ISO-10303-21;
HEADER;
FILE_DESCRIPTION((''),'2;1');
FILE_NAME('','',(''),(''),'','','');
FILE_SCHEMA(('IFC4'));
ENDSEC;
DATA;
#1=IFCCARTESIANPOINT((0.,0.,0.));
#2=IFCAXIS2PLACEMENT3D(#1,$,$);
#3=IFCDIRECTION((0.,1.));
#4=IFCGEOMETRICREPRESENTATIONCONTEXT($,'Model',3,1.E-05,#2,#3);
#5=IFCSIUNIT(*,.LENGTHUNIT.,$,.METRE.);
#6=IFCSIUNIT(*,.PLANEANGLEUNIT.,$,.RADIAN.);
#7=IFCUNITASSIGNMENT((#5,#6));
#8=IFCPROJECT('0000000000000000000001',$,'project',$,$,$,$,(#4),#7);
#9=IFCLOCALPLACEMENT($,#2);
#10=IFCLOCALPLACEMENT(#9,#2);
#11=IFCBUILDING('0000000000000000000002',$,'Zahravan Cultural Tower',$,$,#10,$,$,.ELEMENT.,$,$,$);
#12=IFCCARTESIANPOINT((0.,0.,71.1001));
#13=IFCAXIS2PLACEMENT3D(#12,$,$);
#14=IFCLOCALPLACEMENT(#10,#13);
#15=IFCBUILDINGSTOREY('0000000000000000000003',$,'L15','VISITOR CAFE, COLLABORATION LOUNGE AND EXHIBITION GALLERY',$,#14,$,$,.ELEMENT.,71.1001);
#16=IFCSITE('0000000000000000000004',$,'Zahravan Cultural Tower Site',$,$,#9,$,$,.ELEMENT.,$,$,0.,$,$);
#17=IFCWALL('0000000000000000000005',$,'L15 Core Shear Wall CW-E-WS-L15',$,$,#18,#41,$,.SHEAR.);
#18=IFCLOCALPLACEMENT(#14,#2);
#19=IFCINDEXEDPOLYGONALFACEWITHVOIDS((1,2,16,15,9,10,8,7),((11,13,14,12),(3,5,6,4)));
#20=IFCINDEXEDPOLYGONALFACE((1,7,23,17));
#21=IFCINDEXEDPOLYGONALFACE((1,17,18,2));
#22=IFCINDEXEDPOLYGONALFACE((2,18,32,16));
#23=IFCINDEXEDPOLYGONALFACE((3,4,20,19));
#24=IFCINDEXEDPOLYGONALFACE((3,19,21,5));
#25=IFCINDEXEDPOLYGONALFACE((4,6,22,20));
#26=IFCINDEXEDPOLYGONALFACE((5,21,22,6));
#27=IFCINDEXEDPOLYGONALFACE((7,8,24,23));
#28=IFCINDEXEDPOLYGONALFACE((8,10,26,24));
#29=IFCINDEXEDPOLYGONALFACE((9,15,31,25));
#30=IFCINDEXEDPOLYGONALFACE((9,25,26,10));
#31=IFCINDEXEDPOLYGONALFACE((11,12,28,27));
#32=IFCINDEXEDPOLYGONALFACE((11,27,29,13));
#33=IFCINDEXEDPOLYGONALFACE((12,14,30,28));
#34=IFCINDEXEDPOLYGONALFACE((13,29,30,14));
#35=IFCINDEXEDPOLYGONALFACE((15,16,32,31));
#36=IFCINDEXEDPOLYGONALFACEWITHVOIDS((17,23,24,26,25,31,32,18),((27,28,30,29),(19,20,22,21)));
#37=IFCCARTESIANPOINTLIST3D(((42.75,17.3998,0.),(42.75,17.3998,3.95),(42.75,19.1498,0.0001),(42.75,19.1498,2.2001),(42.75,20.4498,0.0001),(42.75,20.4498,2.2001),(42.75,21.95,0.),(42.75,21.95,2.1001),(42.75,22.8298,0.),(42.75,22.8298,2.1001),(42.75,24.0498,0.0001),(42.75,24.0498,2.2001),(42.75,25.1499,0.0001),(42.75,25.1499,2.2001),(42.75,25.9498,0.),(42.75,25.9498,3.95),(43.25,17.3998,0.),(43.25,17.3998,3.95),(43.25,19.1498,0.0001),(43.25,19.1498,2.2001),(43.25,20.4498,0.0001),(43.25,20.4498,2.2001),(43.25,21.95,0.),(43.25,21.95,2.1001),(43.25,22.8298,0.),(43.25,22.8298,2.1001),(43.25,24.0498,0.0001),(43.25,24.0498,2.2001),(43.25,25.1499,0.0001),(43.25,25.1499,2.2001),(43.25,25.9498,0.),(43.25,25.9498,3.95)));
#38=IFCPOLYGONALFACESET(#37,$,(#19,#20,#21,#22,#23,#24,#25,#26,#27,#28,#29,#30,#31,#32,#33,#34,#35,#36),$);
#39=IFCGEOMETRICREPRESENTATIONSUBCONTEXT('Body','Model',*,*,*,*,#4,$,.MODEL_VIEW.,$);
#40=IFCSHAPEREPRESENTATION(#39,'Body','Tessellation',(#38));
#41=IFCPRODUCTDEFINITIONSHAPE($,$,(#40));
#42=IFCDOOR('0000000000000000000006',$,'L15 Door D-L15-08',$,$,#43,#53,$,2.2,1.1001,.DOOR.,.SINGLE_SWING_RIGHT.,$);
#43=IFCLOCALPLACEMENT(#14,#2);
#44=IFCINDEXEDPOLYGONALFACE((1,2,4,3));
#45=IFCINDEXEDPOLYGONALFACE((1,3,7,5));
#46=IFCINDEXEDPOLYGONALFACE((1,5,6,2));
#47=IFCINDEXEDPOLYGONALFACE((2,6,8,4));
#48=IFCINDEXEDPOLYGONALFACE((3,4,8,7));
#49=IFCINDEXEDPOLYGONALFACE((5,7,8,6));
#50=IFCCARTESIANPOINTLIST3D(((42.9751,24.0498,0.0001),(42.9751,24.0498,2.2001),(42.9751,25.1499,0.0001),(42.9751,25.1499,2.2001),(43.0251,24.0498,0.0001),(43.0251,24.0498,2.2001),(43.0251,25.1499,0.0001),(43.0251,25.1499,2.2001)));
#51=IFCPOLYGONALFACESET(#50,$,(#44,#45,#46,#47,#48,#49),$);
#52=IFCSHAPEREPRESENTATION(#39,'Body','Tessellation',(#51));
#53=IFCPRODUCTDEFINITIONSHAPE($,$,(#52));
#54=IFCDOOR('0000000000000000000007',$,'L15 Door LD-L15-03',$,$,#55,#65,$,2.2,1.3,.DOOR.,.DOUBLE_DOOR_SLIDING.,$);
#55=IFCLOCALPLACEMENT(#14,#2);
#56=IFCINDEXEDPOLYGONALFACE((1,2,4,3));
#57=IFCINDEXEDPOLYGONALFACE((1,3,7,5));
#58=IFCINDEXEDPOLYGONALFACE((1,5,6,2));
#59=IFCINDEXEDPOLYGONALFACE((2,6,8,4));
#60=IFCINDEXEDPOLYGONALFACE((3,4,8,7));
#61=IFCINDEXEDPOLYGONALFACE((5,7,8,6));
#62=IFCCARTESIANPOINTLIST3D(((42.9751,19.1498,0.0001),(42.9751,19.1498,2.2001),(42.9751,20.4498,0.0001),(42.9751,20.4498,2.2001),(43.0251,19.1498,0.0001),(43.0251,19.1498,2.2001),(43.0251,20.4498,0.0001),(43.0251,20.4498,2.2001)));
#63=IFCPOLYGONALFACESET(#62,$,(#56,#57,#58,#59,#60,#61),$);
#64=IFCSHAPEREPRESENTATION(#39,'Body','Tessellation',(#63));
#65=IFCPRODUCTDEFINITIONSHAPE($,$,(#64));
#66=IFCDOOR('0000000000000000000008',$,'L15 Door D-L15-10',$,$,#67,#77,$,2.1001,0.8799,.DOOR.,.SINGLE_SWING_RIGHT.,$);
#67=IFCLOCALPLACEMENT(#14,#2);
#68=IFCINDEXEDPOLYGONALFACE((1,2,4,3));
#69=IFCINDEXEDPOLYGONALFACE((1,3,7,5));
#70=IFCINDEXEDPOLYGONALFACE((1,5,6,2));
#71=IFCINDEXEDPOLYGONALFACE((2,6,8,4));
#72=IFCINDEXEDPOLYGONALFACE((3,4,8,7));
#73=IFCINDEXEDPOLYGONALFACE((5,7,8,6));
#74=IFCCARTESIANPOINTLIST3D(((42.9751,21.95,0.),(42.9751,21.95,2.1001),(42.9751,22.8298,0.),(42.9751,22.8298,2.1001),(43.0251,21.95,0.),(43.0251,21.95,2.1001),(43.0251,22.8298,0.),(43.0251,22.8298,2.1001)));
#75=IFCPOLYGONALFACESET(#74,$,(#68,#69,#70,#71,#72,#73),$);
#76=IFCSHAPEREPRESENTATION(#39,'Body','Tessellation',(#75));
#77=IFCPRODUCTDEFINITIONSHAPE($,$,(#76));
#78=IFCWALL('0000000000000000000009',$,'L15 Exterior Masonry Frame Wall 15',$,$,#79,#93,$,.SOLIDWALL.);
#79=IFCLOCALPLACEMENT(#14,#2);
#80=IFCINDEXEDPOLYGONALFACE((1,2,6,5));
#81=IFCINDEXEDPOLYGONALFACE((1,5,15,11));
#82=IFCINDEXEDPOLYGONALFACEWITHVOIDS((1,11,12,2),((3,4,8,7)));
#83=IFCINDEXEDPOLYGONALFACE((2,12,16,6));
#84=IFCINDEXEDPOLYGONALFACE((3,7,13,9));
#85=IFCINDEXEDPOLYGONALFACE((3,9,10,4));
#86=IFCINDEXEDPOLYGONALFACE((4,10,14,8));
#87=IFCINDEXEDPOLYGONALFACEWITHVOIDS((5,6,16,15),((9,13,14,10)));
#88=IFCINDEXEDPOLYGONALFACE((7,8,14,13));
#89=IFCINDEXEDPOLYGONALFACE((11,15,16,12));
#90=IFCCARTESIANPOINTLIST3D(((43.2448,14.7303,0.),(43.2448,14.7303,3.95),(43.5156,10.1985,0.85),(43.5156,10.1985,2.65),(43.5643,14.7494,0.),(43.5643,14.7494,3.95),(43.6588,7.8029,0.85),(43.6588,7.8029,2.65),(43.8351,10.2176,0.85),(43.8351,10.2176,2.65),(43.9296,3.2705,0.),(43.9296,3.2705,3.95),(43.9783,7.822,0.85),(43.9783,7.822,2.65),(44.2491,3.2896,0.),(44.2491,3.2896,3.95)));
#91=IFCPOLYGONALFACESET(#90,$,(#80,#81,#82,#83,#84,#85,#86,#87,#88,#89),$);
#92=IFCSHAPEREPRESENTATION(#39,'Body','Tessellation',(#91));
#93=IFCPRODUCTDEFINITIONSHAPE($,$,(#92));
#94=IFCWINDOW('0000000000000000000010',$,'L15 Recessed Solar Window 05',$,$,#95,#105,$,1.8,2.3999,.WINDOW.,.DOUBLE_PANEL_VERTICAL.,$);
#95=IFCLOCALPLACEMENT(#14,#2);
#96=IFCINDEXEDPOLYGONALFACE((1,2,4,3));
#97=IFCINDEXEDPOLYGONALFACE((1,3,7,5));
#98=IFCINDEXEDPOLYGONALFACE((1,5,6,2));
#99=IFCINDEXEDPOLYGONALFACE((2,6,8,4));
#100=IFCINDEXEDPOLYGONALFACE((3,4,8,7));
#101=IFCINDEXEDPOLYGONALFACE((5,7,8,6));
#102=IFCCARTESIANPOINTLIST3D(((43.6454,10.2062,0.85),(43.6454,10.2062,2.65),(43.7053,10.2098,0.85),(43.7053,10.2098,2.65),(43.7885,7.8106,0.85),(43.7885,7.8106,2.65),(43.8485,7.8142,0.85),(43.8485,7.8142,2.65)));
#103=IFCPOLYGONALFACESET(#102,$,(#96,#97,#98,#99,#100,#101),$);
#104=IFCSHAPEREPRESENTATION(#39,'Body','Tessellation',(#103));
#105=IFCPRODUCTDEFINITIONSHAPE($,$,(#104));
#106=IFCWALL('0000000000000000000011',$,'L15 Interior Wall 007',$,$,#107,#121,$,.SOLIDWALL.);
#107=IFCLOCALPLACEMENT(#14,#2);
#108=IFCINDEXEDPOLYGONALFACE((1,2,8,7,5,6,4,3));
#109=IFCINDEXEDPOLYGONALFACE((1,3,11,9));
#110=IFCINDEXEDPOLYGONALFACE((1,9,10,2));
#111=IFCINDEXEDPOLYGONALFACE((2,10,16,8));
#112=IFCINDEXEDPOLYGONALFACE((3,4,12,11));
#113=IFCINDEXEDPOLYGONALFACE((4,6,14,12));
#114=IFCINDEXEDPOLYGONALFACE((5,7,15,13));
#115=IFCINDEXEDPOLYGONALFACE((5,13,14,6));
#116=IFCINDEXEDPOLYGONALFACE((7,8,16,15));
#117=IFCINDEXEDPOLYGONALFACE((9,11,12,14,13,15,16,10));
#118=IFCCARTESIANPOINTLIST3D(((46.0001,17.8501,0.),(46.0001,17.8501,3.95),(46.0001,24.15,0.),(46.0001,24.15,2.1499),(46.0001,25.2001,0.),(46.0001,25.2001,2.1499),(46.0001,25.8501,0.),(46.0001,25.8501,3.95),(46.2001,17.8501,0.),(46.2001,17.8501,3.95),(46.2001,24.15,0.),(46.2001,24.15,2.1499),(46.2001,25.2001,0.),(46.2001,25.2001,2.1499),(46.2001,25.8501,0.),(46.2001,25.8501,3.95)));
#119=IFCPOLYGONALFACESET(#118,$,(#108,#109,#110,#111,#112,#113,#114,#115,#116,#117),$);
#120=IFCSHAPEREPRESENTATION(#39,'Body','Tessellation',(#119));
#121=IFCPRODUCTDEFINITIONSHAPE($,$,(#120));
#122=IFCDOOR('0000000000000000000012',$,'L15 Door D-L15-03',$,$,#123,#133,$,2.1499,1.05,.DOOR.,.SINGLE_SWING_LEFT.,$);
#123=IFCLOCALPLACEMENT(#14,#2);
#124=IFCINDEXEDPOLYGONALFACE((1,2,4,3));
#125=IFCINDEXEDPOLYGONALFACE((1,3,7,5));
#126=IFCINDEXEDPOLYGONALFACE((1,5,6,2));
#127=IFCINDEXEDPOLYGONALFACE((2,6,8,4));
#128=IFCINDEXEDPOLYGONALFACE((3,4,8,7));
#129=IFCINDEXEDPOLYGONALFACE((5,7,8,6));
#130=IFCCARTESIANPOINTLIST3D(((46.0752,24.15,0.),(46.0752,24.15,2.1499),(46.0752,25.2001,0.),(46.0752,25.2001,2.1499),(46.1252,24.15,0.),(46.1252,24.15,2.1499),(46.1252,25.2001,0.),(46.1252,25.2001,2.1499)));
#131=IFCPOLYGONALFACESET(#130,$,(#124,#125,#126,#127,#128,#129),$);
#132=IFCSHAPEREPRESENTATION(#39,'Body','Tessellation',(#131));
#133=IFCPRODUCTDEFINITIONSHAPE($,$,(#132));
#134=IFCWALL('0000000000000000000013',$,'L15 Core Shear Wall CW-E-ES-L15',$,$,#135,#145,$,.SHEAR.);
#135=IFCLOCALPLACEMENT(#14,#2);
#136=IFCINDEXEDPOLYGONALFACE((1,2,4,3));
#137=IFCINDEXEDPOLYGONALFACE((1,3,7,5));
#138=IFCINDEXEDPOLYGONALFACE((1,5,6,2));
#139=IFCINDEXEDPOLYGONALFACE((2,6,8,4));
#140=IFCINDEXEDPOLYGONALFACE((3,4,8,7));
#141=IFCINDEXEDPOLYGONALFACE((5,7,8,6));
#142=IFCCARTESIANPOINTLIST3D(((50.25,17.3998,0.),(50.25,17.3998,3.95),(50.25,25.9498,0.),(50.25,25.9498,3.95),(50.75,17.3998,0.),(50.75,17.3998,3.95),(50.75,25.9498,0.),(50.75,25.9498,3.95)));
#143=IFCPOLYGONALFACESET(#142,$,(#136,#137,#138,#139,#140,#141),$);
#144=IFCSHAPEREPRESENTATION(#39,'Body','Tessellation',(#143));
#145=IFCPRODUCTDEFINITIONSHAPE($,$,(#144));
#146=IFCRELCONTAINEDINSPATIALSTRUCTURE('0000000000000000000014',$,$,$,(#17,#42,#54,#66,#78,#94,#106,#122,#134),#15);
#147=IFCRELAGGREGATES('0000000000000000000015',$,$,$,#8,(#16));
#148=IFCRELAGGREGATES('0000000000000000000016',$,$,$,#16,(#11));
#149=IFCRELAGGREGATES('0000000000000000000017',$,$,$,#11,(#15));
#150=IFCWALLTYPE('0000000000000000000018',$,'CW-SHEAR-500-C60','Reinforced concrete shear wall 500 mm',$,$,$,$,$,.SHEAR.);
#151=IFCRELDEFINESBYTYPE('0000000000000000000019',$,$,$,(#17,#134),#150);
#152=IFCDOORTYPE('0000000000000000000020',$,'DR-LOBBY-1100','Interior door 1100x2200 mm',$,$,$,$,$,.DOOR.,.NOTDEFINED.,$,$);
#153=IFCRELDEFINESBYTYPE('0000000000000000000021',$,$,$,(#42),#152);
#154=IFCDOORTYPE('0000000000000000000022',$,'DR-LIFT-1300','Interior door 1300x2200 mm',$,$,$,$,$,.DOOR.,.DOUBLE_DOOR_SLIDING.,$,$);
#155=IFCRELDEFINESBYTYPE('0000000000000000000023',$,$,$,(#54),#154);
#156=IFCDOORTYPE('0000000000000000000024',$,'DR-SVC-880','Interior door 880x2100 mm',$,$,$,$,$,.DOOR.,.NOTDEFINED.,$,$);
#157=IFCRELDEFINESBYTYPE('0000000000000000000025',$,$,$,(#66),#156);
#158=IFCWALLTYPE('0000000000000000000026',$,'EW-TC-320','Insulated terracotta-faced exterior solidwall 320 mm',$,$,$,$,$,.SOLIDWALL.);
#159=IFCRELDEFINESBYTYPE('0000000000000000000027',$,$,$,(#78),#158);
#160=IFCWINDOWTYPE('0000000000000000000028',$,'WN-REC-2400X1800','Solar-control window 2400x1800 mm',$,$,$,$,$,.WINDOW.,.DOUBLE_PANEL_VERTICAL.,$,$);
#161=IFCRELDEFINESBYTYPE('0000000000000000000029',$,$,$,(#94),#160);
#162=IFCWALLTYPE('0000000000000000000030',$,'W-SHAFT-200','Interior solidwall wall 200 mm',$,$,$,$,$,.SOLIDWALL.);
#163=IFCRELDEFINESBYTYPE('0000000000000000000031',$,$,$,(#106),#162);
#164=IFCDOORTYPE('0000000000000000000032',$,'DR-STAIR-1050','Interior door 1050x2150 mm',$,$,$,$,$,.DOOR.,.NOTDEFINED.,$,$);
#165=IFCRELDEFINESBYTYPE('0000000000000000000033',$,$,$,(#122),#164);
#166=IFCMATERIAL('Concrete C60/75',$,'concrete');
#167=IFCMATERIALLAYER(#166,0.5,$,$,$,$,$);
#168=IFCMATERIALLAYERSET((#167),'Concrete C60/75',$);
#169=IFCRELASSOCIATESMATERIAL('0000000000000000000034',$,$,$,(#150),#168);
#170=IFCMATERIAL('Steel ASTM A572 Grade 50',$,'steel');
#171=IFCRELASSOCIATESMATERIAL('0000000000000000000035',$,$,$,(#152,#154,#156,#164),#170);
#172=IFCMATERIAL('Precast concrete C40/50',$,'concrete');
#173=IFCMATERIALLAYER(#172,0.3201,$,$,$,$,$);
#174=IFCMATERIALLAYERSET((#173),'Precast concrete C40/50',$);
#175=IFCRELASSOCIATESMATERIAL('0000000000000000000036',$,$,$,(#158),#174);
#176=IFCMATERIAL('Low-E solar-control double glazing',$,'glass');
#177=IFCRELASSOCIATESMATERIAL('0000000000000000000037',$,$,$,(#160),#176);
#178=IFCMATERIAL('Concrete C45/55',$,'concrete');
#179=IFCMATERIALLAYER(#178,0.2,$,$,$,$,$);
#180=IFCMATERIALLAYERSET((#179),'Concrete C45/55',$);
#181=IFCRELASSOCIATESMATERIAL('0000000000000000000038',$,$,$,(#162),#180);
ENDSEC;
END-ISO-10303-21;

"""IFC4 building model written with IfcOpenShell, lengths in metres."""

from ifc_helpers import new_model, si_unit, direction, frame, frame_2d, origin, place, context, subcontext, project, spatial, rectangle, extrude, source, transform, mapped, material, layer, layer_set, type_object, element, fill, save


model = new_model("IFC4")

# Units and contexts
model_context = context("Model", 3, precision=1e-05, world=origin(), true_north=direction((0.0, 1.0)))
body_context = subcontext(model_context, "Body", "Model", "MODEL_VIEW")
ifc_project = project(units=[si_unit("LENGTHUNIT", "METRE"), si_unit("PLANEANGLEUNIT", "RADIAN")], contexts=[model_context])

# Site, building, storey
site_placement = place(None, origin())
site = spatial("IfcSite", under=ifc_project, at=site_placement, Name="Zahravan Cultural Tower Site", CompositionType="ELEMENT", RefElevation=0.0)
building_placement = place(site_placement, origin())
building = spatial("IfcBuilding", under=site, at=building_placement, Name="Zahravan Cultural Tower", CompositionType="ELEMENT")
storey_placement = place(building_placement, frame((0.0, 0.0, 71.1001)))
storey = spatial("IfcBuildingStorey", under=building, at=storey_placement, Name="L15", Description="VISITOR CAFE, COLLABORATION LOUNGE AND EXHIBITION GALLERY", CompositionType="ELEMENT", Elevation=71.1001)

# Shared definitions
ifc_material_1 = material(Name="Concrete C60/75", Category="concrete")

# Wall, openings, doors
ifc_layer_1 = layer(ifc_material_1, 0.5)
ifc_layer_set_1 = layer_set([ifc_layer_1], Name="Concrete C60/75")
wall_type_1 = type_object("IfcWallType", Name="CW-SHEAR-500-C60", Description="Reinforced concrete shear wall 500 mm", PredefinedType="SHEAR", material=ifc_layer_set_1)
wall_1_placement = place(storey_placement, frame((43.0, 17.3999, 0.0), z_axis=(0.0, 0.0, 1.0), x_axis=(0.0, 1.0, 0.0)))
wall_1 = element("IfcWall", 1, at=wall_1_placement, inside=storey, type_object=wall_type_1, Name="L15 Core Shear Wall CW-E-WS-L15", PredefinedType="SHEAR", context=body_context, shape_type="SweptSolid", body=[
    extrude(rectangle(XDim=8.55, YDim=0.5, at=frame_2d((4.2749, 0.0))), origin(), (0.0, 0.0, 1.0), 3.95),
])
opening_1_placement = place(wall_1_placement, frame((6.6499, 0.0, 0.0)))
opening_1 = element("IfcOpeningElement", 2, at=opening_1_placement, cuts=wall_1, PredefinedType="OPENING", context=body_context, shape_type="SweptSolid", body=[
    extrude(rectangle(XDim=1.1001, YDim=2.2, at=frame_2d((0.55, 1.1001))), frame((0.0, 0.26, 0.0), z_axis=(0.0, -1.0, 0.0), x_axis=(1.0, 0.0, 0.0)), (0.0, 0.0, 1.0), 0.52),
])
opening_2_placement = place(wall_1_placement, frame((1.75, 0.0, 0.0)))
opening_2 = element("IfcOpeningElement", 3, at=opening_2_placement, cuts=wall_1, PredefinedType="OPENING", context=body_context, shape_type="SweptSolid", body=[
    extrude(rectangle(XDim=1.3, YDim=2.2, at=frame_2d((0.6499, 1.1001))), frame((0.0, 0.26, 0.0), z_axis=(0.0, -1.0, 0.0), x_axis=(1.0, 0.0, 0.0)), (0.0, 0.0, 1.0), 0.52),
])
opening_3_placement = place(wall_1_placement, frame((4.55, 0.0, 0.0)))
opening_3 = element("IfcOpeningElement", 4, at=opening_3_placement, cuts=wall_1, PredefinedType="OPENING", context=body_context, shape_type="SweptSolid", body=[
    extrude(rectangle(XDim=0.8799, YDim=2.1001, at=frame_2d((0.4399, 1.05))), frame((0.0, 0.26, 0.0), z_axis=(0.0, -1.0, 0.0), x_axis=(1.0, 0.0, 0.0)), (0.0, 0.0, 1.0), 0.52),
])
ifc_material_2 = material(Name="Steel ASTM A572 Grade 50", Category="steel")
door_type_1 = type_object("IfcDoorType", Name="DR-LOBBY-1100", Description="Interior door 1100x2200 mm", OperationType="NOTDEFINED", PredefinedType="DOOR", material=ifc_material_2)
shared_shape_1 = source(origin(), body_context, "Body", "SweptSolid", [
    extrude(rectangle(XDim=1.1001, YDim=2.2, at=frame_2d((0.55, 1.1001))), frame((0.0, 0.0249, 0.0), z_axis=(0.0, -1.0, 0.0), x_axis=(1.0, 0.0, 0.0)), (0.0, 0.0, 1.0), 0.05),
])
door_1_placement = place(opening_1_placement, origin())
door_1 = element("IfcDoor", 5, at=door_1_placement, inside=storey, type_object=door_type_1, Name="L15 Door D-L15-08", OperationType="SINGLE_SWING_RIGHT", OverallHeight=2.2, OverallWidth=1.1001, PredefinedType="DOOR", context=body_context, shape_type="MappedRepresentation", body=[
    mapped(shared_shape_1, transform((0.0, 0.0, 0.0), x_axis=(1.0, 0.0, 0.0), y_axis=(0.0, 1.0, 0.0), z_axis=(0.0, 0.0, 1.0), scale=1.0)),
])
fill(opening_1, door_1)
door_type_2 = type_object("IfcDoorType", Name="DR-LIFT-1300", Description="Interior door 1300x2200 mm", OperationType="DOUBLE_DOOR_SLIDING", PredefinedType="DOOR", material=ifc_material_2)
shared_shape_2 = source(origin(), body_context, "Body", "SweptSolid", [
    extrude(rectangle(XDim=1.3, YDim=2.2, at=frame_2d((0.6499, 1.1001))), frame((0.0, 0.0249, 0.0), z_axis=(0.0, -1.0, 0.0), x_axis=(1.0, 0.0, 0.0)), (0.0, 0.0, 1.0), 0.05),
])
door_2_placement = place(opening_2_placement, origin())
door_2 = element("IfcDoor", 6, at=door_2_placement, inside=storey, type_object=door_type_2, Name="L15 Door LD-L15-03", OperationType="DOUBLE_DOOR_SLIDING", OverallHeight=2.2, OverallWidth=1.3, PredefinedType="DOOR", context=body_context, shape_type="MappedRepresentation", body=[
    mapped(shared_shape_2, transform((0.0, 0.0, 0.0), x_axis=(1.0, 0.0, 0.0), y_axis=(0.0, 1.0, 0.0), z_axis=(0.0, 0.0, 1.0), scale=1.0)),
])
fill(opening_2, door_2)
door_type_3 = type_object("IfcDoorType", Name="DR-SVC-880", Description="Interior door 880x2100 mm", OperationType="NOTDEFINED", PredefinedType="DOOR", material=ifc_material_2)
shared_shape_3 = source(origin(), body_context, "Body", "SweptSolid", [
    extrude(rectangle(XDim=0.8799, YDim=2.1001, at=frame_2d((0.4399, 1.05))), frame((0.0, 0.0249, 0.0), z_axis=(0.0, -1.0, 0.0), x_axis=(1.0, 0.0, 0.0)), (0.0, 0.0, 1.0), 0.05),
])
door_3_placement = place(opening_3_placement, origin())
door_3 = element("IfcDoor", 7, at=door_3_placement, inside=storey, type_object=door_type_3, Name="L15 Door D-L15-10", OperationType="SINGLE_SWING_RIGHT", OverallHeight=2.1001, OverallWidth=0.8799, PredefinedType="DOOR", context=body_context, shape_type="MappedRepresentation", body=[
    mapped(shared_shape_3, transform((0.0, 0.0, 0.0), x_axis=(1.0, 0.0, 0.0), y_axis=(0.0, 1.0, 0.0), z_axis=(0.0, 0.0, 1.0), scale=1.0)),
])
fill(opening_3, door_3)

# Shared definitions
ifc_material_3 = material(Name="Precast concrete C40/50", Category="concrete")
ifc_layer_2 = layer(ifc_material_3, 0.3201)
ifc_layer_set_2 = layer_set([ifc_layer_2], Name="Precast concrete C40/50")
wall_type_2 = type_object("IfcWallType", Name="EW-TC-320", Description="Insulated terracotta-faced exterior solidwall 320 mm", PredefinedType="SOLIDWALL", material=ifc_layer_set_2)
shared_shape_4 = source(origin(), body_context, "Body", "SweptSolid", [
    extrude(rectangle(XDim=1.05, YDim=2.1499, at=frame_2d((0.5249, 1.075))), frame((0.0, 0.0249, 0.0), z_axis=(0.0, -1.0, 0.0), x_axis=(1.0, 0.0, 0.0)), (0.0, 0.0, 1.0), 0.05),
])

# Wall, opening, window
wall_2_placement = place(storey_placement, frame((43.4045, 14.74, 0.0), z_axis=(0.0, 0.0, 1.0), x_axis=(0.059652, -0.998219, 0.0)))
wall_2 = element("IfcWall", 8, at=wall_2_placement, inside=storey, type_object=wall_type_2, Name="L15 Exterior Masonry Frame Wall 15", PredefinedType="SOLIDWALL", context=body_context, shape_type="SweptSolid", body=[
    extrude(rectangle(XDim=11.4802, YDim=0.3201, at=frame_2d((5.7402, 0.0))), origin(), (0.0, 0.0, 1.0), 3.95),
])
opening_4_placement = place(wall_2_placement, frame((4.54, 0.0, 0.8501)))
opening_4 = element("IfcOpeningElement", 9, at=opening_4_placement, cuts=wall_2, PredefinedType="OPENING", context=body_context, shape_type="SweptSolid", body=[
    extrude(rectangle(XDim=2.3999, YDim=1.8, at=frame_2d((1.2, 0.8999))), frame((0.0, 0.1699, 0.0), z_axis=(0.0, -1.0, 0.0), x_axis=(1.0, 0.0, 0.0)), (0.0, 0.0, 1.0), 0.3401),
])
ifc_material_4 = material(Name="Low-E solar-control double glazing", Category="glass")
window_type = type_object("IfcWindowType", Name="WN-REC-2400X1800", Description="Solar-control window 2400x1800 mm", PartitioningType="DOUBLE_PANEL_VERTICAL", PredefinedType="WINDOW", material=ifc_material_4)
shared_shape_5 = source(origin(), body_context, "Body", "SweptSolid", [
    extrude(rectangle(XDim=2.3999, YDim=1.8, at=frame_2d((1.2, 0.8999))), frame((0.0, 0.03, 0.0), z_axis=(0.0, -1.0, 0.0), x_axis=(1.0, 0.0, 0.0)), (0.0, 0.0, 1.0), 0.0601),
])
window_placement = place(opening_4_placement, origin())
window = element("IfcWindow", 10, at=window_placement, inside=storey, type_object=window_type, Name="L15 Recessed Solar Window 05", OverallHeight=1.8, OverallWidth=2.3999, PartitioningType="DOUBLE_PANEL_VERTICAL", PredefinedType="WINDOW", context=body_context, shape_type="MappedRepresentation", body=[
    mapped(shared_shape_5, transform((0.0, 0.0, 0.0), x_axis=(1.0, 0.0, 0.0), y_axis=(0.0, 1.0, 0.0), z_axis=(0.0, 0.0, 1.0), scale=1.0)),
])
fill(opening_4, window)

# Wall, opening, door
ifc_material_5 = material(Name="Concrete C45/55", Category="concrete")
ifc_layer_3 = layer(ifc_material_5, 0.2)
ifc_layer_set_3 = layer_set([ifc_layer_3], Name="Concrete C45/55")
wall_type_3 = type_object("IfcWallType", Name="W-SHAFT-200", Description="Interior solidwall wall 200 mm", PredefinedType="SOLIDWALL", material=ifc_layer_set_3)
wall_3_placement = place(storey_placement, frame((46.1001, 17.8501, 0.0), z_axis=(0.0, 0.0, 1.0), x_axis=(0.0, 1.0, 0.0)))
wall_3 = element("IfcWall", 11, at=wall_3_placement, inside=storey, type_object=wall_type_3, Name="L15 Interior Wall 007", PredefinedType="SOLIDWALL", context=body_context, shape_type="SweptSolid", body=[
    extrude(rectangle(XDim=8.0, YDim=0.2, at=frame_2d((4.0, 0.0))), origin(), (0.0, 0.0, 1.0), 3.95),
])
opening_5_placement = place(wall_3_placement, frame((6.3, 0.0, 0.0)))
opening_5 = element("IfcOpeningElement", 12, at=opening_5_placement, cuts=wall_3, PredefinedType="OPENING", context=body_context, shape_type="SweptSolid", body=[
    extrude(rectangle(XDim=1.05, YDim=2.1499, at=frame_2d((0.5249, 1.075))), frame((0.0, 0.1099, 0.0), z_axis=(0.0, -1.0, 0.0), x_axis=(1.0, 0.0, 0.0)), (0.0, 0.0, 1.0), 0.22),
])
door_type_4 = type_object("IfcDoorType", Name="DR-STAIR-1050", Description="Interior door 1050x2150 mm", OperationType="NOTDEFINED", PredefinedType="DOOR", material=ifc_material_2)
door_4_placement = place(opening_5_placement, origin())
door_4 = element("IfcDoor", 13, at=door_4_placement, inside=storey, type_object=door_type_4, Name="L15 Door D-L15-03", OperationType="SINGLE_SWING_LEFT", OverallHeight=2.1499, OverallWidth=1.05, PredefinedType="DOOR", context=body_context, shape_type="MappedRepresentation", body=[
    mapped(shared_shape_4, transform((0.0, 0.0, 0.0), x_axis=(1.0, 0.0, 0.0), y_axis=(0.0, 1.0, 0.0), z_axis=(0.0, 0.0, 1.0), scale=1.0)),
])
fill(opening_5, door_4)

# Wall
shared_shape_6 = source(origin(), body_context, "Body", "SweptSolid", [
    extrude(rectangle(XDim=8.55, YDim=0.5, at=frame_2d((4.2749, 0.0))), origin(), (0.0, 0.0, 1.0), 3.95),
])
wall_4_placement = place(storey_placement, frame((50.5, 17.3999, 0.0), z_axis=(0.0, 0.0, 1.0), x_axis=(0.0, 1.0, 0.0)))
element("IfcWall", 14, at=wall_4_placement, inside=storey, type_object=wall_type_1, Name="L15 Core Shear Wall CW-E-ES-L15", PredefinedType="SHEAR", context=body_context, shape_type="MappedRepresentation", body=[
    mapped(shared_shape_6, transform((0.0, 0.0, 0.0), x_axis=(1.0, 0.0, 0.0), y_axis=(0.0, 1.0, 0.0), z_axis=(0.0, 0.0, 1.0), scale=1.0)),
])

save(model, "model.ifc")
